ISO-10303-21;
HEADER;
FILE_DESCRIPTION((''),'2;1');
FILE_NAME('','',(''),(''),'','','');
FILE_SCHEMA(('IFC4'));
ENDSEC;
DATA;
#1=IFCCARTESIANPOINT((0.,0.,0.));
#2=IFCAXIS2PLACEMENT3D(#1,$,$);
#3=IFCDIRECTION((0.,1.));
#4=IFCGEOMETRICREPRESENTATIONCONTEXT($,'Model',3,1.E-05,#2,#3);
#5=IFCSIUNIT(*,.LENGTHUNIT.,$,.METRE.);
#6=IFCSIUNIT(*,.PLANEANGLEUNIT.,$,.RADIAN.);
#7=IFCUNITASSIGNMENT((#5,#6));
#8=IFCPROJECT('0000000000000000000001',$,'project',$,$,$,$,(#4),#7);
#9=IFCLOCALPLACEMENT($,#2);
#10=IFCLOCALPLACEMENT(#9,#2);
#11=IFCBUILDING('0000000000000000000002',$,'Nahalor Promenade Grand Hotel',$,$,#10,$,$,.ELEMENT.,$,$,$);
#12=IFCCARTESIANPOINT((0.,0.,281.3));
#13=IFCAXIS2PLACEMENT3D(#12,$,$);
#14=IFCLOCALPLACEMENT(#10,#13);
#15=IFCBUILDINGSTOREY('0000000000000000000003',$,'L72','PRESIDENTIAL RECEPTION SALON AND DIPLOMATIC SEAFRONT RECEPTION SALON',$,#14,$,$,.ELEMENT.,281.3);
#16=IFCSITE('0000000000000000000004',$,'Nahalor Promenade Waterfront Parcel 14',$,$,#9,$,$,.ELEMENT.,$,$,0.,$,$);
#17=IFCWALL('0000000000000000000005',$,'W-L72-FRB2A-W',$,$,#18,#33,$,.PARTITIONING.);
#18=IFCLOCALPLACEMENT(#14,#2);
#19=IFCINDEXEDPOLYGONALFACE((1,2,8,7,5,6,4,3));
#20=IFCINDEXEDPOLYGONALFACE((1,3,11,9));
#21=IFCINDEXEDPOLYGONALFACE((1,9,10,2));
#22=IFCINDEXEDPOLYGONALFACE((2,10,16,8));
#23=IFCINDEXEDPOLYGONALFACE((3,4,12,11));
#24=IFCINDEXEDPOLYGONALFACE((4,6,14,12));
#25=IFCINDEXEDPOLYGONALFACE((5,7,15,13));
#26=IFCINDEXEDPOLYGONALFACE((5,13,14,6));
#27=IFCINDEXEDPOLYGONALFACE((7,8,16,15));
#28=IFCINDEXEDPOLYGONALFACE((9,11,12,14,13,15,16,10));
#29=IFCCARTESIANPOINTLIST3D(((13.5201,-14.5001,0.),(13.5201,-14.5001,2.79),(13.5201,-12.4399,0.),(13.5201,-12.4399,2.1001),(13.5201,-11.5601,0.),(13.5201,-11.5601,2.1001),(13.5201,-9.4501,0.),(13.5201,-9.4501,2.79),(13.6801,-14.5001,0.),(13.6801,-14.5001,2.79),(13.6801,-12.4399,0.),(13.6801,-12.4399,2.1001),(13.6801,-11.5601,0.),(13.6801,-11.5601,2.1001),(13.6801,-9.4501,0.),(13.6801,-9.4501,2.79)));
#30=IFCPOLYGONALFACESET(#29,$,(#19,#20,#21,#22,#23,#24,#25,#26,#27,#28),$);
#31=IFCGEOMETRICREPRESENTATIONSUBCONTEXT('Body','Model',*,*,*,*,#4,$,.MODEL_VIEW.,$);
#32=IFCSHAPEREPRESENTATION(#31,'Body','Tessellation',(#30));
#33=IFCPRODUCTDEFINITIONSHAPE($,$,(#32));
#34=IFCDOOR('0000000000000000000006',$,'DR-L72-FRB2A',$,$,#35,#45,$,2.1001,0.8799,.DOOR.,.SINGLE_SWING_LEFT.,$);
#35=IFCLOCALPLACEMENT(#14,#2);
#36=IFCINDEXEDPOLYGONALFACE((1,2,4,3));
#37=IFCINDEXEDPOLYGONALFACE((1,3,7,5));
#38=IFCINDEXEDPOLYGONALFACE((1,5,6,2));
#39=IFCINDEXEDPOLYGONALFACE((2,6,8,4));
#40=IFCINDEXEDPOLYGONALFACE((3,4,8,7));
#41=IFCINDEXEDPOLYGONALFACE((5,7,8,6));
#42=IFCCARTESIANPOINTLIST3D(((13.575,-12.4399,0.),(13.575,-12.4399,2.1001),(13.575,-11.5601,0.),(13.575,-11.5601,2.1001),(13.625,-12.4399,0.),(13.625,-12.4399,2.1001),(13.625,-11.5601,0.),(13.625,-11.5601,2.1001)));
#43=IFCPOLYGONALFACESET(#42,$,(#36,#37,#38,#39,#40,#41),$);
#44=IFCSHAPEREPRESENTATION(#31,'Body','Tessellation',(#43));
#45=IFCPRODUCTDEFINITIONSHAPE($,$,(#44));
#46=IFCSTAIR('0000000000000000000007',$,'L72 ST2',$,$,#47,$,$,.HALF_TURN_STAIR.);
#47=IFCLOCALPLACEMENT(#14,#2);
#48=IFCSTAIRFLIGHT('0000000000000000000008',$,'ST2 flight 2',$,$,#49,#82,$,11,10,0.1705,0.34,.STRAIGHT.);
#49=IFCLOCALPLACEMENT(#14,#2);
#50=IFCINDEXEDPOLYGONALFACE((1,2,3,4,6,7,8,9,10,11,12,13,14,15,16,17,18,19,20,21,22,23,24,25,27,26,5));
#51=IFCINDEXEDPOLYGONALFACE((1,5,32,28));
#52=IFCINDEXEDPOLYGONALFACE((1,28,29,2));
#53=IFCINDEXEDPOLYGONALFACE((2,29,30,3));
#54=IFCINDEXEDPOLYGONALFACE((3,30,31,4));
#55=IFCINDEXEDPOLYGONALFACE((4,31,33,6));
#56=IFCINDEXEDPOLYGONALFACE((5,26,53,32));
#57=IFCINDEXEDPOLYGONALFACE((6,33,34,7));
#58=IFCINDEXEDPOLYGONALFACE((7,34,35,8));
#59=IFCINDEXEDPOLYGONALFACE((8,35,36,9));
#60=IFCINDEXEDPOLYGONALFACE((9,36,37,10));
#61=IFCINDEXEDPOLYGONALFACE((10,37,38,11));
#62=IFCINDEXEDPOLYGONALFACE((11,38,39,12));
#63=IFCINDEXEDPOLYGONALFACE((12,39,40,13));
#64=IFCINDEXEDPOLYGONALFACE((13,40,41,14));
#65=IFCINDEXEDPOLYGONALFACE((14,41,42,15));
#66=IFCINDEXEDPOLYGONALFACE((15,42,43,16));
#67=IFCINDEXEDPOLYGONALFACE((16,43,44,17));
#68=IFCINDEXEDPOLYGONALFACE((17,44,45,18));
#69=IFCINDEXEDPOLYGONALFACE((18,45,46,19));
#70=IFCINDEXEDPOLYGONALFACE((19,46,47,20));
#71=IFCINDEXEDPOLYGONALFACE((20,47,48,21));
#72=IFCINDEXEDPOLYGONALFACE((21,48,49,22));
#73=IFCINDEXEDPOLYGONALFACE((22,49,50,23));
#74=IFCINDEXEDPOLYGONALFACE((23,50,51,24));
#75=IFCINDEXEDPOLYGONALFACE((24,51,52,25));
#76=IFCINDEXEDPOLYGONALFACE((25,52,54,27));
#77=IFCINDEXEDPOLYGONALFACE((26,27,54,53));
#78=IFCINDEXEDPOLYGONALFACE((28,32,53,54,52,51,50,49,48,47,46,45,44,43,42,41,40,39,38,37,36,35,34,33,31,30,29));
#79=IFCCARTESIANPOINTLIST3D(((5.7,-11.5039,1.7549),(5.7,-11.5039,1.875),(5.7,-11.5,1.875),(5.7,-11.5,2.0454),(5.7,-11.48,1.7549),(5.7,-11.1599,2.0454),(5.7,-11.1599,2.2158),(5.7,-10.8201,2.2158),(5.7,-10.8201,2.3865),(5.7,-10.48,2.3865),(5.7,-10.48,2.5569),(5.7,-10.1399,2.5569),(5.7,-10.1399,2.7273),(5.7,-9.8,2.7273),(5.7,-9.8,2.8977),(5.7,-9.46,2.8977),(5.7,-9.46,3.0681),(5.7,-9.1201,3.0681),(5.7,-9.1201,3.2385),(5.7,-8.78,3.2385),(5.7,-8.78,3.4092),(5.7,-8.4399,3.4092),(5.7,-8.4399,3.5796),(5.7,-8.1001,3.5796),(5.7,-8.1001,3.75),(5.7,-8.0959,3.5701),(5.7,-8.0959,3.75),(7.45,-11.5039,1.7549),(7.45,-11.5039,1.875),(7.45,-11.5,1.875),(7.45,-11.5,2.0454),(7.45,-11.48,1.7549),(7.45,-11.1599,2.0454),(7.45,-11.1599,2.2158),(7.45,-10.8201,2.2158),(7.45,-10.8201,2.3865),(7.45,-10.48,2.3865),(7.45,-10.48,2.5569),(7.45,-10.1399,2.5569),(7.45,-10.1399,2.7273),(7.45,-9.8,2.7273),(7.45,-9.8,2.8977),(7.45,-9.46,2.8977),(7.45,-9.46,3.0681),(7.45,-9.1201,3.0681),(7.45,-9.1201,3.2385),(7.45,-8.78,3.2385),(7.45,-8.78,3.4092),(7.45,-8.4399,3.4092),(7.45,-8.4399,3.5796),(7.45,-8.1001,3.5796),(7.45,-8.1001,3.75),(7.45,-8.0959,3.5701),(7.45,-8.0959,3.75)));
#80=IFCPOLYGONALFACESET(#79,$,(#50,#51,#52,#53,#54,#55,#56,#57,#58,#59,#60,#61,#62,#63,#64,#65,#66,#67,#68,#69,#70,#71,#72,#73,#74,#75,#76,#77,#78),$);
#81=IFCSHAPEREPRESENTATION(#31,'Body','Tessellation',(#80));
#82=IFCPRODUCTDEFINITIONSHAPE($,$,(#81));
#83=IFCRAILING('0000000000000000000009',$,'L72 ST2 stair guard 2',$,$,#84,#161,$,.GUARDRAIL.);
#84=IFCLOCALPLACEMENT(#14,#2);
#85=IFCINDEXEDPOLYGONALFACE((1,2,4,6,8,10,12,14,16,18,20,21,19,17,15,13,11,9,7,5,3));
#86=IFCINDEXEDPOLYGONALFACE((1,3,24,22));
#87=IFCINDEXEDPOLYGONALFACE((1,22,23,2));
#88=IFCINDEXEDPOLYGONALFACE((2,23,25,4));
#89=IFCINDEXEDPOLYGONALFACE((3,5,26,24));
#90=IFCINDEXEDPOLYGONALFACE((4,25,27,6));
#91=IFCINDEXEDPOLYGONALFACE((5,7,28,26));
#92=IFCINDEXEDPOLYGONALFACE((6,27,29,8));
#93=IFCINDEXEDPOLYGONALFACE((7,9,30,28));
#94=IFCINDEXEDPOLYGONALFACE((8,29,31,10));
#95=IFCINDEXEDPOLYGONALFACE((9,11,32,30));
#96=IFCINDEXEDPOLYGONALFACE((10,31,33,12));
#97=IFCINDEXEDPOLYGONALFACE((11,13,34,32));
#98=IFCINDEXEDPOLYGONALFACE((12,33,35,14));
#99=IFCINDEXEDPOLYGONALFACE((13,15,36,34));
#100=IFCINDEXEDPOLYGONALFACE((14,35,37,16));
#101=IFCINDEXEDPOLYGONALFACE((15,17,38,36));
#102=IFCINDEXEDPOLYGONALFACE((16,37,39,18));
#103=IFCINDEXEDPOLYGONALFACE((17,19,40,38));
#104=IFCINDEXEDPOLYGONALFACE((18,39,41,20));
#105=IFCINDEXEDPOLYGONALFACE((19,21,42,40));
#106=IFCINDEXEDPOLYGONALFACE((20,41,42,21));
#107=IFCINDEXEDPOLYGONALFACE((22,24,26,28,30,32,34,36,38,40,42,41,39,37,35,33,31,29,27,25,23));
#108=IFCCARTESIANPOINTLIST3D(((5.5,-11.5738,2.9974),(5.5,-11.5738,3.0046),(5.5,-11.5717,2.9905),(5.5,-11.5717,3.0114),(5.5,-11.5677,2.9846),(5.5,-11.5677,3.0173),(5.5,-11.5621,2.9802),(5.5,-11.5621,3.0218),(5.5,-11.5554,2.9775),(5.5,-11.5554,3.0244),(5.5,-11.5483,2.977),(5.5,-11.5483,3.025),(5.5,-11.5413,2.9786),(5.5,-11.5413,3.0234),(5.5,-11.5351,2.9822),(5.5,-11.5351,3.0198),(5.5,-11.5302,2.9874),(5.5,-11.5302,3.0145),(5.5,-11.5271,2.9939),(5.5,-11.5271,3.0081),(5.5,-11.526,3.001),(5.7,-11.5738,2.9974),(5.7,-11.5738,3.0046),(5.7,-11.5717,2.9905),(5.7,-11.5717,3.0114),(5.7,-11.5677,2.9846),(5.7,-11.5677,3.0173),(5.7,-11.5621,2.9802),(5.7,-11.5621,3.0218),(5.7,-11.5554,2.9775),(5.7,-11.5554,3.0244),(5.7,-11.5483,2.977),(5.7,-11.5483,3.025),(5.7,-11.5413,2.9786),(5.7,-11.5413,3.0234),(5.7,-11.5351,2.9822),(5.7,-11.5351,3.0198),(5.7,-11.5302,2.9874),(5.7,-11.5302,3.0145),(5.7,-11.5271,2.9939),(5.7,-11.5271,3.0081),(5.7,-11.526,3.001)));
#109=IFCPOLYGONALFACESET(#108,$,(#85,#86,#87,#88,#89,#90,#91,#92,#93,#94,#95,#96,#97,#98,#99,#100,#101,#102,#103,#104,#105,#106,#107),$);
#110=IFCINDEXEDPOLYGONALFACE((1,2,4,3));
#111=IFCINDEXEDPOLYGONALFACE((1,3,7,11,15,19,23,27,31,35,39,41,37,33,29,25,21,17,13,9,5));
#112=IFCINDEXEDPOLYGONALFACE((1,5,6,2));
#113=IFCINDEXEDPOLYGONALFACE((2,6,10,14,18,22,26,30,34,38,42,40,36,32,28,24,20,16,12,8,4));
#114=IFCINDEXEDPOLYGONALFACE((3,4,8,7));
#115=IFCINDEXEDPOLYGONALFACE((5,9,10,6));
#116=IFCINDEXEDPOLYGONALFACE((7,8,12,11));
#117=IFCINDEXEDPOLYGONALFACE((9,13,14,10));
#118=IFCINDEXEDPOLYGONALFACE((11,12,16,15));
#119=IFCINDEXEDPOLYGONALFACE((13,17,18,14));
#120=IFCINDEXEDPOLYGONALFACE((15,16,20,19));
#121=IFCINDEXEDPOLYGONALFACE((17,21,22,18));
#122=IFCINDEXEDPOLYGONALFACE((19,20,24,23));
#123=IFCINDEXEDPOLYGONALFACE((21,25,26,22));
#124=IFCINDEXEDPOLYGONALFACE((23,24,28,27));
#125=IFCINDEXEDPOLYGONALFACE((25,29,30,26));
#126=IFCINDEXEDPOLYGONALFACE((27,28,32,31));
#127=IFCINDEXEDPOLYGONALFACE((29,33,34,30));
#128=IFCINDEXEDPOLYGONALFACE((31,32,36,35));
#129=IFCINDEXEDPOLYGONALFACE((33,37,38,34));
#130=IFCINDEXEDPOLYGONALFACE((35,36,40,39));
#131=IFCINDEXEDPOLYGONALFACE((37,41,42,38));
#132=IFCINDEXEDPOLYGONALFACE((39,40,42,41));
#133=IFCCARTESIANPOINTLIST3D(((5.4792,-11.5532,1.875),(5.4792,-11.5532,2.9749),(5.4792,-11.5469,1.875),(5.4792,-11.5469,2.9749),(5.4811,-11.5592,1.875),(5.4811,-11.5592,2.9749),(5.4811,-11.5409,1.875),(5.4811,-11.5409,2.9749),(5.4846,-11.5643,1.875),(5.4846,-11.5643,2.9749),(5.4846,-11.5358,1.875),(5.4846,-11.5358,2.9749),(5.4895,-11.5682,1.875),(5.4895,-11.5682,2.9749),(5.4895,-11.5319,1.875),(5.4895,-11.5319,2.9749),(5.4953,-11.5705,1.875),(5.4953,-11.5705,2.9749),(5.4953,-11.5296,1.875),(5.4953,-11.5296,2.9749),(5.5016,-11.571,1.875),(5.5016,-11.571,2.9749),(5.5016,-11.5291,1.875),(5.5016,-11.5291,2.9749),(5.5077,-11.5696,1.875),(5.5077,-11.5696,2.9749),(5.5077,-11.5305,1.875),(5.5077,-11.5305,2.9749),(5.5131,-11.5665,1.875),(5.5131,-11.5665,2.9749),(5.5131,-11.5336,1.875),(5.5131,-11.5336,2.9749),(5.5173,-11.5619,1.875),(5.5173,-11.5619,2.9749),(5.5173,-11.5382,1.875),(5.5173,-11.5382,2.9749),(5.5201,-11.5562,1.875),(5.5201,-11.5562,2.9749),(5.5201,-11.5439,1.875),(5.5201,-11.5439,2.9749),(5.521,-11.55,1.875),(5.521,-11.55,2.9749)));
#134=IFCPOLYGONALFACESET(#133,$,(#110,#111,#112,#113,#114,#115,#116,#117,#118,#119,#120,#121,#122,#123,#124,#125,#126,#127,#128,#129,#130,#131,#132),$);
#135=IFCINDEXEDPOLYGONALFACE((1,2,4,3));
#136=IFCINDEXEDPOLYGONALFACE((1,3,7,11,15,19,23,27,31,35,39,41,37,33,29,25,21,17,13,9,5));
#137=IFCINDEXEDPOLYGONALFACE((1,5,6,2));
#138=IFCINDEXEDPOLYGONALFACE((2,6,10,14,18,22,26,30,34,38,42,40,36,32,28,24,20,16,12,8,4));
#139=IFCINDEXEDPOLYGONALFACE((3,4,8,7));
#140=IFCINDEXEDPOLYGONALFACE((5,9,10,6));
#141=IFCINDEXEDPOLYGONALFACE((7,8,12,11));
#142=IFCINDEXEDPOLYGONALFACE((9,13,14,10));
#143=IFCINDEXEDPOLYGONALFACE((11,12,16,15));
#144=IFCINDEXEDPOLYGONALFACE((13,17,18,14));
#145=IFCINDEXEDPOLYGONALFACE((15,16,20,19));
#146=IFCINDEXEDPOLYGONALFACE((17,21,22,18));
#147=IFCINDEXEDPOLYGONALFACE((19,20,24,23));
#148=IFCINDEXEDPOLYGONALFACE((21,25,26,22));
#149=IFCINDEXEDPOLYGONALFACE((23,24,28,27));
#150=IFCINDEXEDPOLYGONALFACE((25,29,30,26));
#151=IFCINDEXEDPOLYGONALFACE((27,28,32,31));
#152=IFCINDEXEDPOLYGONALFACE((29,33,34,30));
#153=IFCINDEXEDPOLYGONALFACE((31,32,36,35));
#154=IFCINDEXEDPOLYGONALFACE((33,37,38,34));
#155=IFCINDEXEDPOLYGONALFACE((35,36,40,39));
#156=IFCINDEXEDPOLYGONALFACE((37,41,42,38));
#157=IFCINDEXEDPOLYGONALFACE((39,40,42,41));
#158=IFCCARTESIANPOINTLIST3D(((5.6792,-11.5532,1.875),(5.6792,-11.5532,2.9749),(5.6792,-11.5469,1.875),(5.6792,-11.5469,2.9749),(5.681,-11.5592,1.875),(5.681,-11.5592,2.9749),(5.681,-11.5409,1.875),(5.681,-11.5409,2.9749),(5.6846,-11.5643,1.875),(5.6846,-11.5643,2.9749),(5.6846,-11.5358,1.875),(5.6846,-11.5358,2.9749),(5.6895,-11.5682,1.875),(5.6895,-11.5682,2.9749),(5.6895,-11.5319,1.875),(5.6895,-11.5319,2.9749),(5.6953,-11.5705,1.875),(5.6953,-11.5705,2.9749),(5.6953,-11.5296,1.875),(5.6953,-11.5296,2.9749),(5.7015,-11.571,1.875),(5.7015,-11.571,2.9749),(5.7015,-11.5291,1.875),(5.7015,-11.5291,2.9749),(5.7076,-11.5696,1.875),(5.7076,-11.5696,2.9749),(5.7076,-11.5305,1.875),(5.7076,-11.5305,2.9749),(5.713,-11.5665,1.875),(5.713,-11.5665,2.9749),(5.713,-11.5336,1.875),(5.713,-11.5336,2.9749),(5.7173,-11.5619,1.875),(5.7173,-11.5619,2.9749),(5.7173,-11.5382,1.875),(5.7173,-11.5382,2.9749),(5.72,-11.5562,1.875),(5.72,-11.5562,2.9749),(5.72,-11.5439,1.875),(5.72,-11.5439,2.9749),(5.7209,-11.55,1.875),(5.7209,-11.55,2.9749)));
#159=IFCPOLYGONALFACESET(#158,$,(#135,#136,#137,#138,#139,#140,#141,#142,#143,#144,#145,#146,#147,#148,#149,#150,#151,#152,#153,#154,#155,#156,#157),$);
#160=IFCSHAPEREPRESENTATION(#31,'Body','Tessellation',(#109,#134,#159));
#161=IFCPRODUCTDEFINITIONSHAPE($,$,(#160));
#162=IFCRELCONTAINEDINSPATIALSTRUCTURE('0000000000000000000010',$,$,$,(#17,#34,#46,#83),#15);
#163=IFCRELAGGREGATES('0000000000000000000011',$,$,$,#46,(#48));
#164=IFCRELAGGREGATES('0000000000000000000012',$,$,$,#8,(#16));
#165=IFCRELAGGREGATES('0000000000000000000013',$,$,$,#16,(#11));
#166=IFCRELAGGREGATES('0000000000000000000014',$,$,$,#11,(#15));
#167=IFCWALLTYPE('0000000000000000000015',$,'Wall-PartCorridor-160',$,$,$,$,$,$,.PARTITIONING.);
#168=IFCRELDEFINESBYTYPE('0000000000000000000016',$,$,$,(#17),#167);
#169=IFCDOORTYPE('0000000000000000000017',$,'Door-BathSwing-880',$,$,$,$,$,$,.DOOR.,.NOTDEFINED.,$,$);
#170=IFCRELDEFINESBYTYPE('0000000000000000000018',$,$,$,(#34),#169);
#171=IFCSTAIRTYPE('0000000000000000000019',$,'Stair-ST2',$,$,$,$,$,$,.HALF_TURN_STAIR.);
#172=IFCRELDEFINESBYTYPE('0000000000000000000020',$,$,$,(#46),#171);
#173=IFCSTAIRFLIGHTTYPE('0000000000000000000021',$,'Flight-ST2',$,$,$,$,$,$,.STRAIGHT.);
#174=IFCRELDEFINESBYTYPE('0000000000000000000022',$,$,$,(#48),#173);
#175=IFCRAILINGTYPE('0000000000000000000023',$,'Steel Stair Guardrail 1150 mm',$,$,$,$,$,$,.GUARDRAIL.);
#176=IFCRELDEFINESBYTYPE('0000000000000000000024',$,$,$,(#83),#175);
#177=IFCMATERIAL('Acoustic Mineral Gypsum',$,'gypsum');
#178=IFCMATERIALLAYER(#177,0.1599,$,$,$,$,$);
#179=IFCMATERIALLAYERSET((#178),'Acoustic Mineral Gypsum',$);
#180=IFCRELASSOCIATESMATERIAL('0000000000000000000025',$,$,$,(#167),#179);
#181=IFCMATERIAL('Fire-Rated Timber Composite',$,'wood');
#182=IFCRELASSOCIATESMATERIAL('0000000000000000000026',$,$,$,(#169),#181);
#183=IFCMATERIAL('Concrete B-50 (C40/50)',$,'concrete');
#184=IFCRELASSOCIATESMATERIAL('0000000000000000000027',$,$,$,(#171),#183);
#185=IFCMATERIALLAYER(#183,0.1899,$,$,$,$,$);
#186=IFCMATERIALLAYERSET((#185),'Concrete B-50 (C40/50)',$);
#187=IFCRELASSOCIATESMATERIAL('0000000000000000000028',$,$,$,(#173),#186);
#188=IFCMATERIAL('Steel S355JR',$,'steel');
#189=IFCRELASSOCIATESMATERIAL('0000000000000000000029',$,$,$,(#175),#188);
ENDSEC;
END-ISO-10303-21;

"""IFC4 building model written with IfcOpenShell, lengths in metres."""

from ifc_helpers import new_model, si_unit, direction, frame, frame_2d, origin, origin_2d, place, context, subcontext, project, spatial, polyline, rectangle, circle, outline, extrude, source, transform, mapped, material, layer, layer_set, type_object, element, fill, aggregate, save


model = new_model("IFC4")

# Units and contexts
model_context = context("Model", 3, precision=1e-05, world=origin(), true_north=direction((0.0, 1.0)))
body_context = subcontext(model_context, "Body", "Model", "MODEL_VIEW")
ifc_project = project(units=[si_unit("LENGTHUNIT", "METRE"), si_unit("PLANEANGLEUNIT", "RADIAN")], contexts=[model_context])

# Site, building, storey
site_placement = place(None, origin())
site = spatial("IfcSite", under=ifc_project, at=site_placement, Name="Nahalor Promenade Waterfront Parcel 14", CompositionType="ELEMENT", RefElevation=0.0)
building_placement = place(site_placement, origin())
building = spatial("IfcBuilding", under=site, at=building_placement, Name="Nahalor Promenade Grand Hotel", CompositionType="ELEMENT")
storey_placement = place(building_placement, frame((0.0, 0.0, 281.3)))
storey = spatial("IfcBuildingStorey", under=building, at=storey_placement, Name="L72", Description="PRESIDENTIAL RECEPTION SALON AND DIPLOMATIC SEAFRONT RECEPTION SALON", CompositionType="ELEMENT", Elevation=281.3)

# Shared definitions
ifc_material_1 = material(Name="Steel S355JR", Category="steel")

# Shared definitions
ifc_material_2 = material(Name="Concrete B-50 (C40/50)", Category="concrete")

# Shared definitions
ifc_material_3 = material(Name="Acoustic Mineral Gypsum", Category="gypsum")
ifc_layer_1 = layer(ifc_material_3, 0.1599)
ifc_layer_set_1 = layer_set([ifc_layer_1], Name="Acoustic Mineral Gypsum")
wall_type_1 = type_object("IfcWallType", Name="Wall-PartCorridor-160", PredefinedType="PARTITIONING", material=ifc_layer_set_1)

# Wall, opening, door
ifc_material_4 = material(Name="Fire-Rated Timber Composite", Category="wood")
door_type_1 = type_object("IfcDoorType", Name="Door-BathSwing-880", OperationType="NOTDEFINED", PredefinedType="DOOR", material=ifc_material_4)
shared_shape_1 = source(origin(), body_context, "Body", "SweptSolid", [
    extrude(rectangle(XDim=0.8799, YDim=2.1001, at=frame_2d((0.4399, 1.05))), frame((0.0, 0.0249, 0.0), z_axis=(0.0, -1.0, 0.0), x_axis=(1.0, 0.0, 0.0)), (0.0, 0.0, 1.0), 0.05),
])
shared_shape_2 = source(origin(), body_context, "Body", "SweptSolid", [
    extrude(rectangle(XDim=5.05, YDim=0.1599, at=frame_2d((2.5249, 0.0))), origin(), (0.0, 0.0, 1.0), 2.79),
])
wall_1_placement = place(storey_placement, frame((13.6001, -14.5, 0.0), z_axis=(0.0, 0.0, 1.0), x_axis=(0.0, 1.0, 0.0)))
wall_1 = element("IfcWall", 1, at=wall_1_placement, inside=storey, type_object=wall_type_1, Name="W-L72-FRB2A-W", PredefinedType="PARTITIONING", context=body_context, shape_type="MappedRepresentation", body=[
    mapped(shared_shape_2, transform((0.0, 0.0, 0.0), scale=1.0)),
])
opening_1_placement = place(wall_1_placement, frame((2.0601, 0.0, 0.0)))
opening_1 = element("IfcOpeningElement", 2, at=opening_1_placement, cuts=wall_1, PredefinedType="OPENING", context=body_context, shape_type="SweptSolid", body=[
    extrude(rectangle(XDim=0.8799, YDim=2.1001, at=frame_2d((0.4399, 1.05))), frame((0.0, 0.0898, 0.0), z_axis=(0.0, -1.0, 0.0), x_axis=(1.0, 0.0, 0.0)), (0.0, 0.0, 1.0), 0.1799),
])
door_1_placement = place(opening_1_placement, frame((0.8799, 0.0, 0.0), z_axis=(0.0, 0.0, 1.0), x_axis=(-1.0, 0.0, 0.0)))
door_1 = element("IfcDoor", 3, at=door_1_placement, inside=storey, type_object=door_type_1, Name="DR-L72-FRB2A", OperationType="SINGLE_SWING_LEFT", OverallHeight=2.1001, OverallWidth=0.8799, PredefinedType="DOOR", context=body_context, shape_type="MappedRepresentation", body=[
    mapped(shared_shape_1, transform((0.0, 0.0, 0.0), scale=1.0)),
])
fill(opening_1, door_1)

# Stair, stair flight
stair_type = type_object("IfcStairType", Name="Stair-ST2", PredefinedType="HALF_TURN_STAIR", material=ifc_material_2)
stair_placement = place(storey_placement, origin())
stair = element("IfcStair", 4, at=stair_placement, inside=storey, type_object=stair_type, Name="L72 ST2", PredefinedType="HALF_TURN_STAIR")
ifc_layer_2 = layer(ifc_material_2, 0.1899)
ifc_layer_set_2 = layer_set([ifc_layer_2], Name="Concrete B-50 (C40/50)")
stair_flight_type = type_object("IfcStairFlightType", Name="Flight-ST2", PredefinedType="STRAIGHT", material=ifc_layer_set_2)
shared_shape_3 = source(origin(), body_context, "Body", "SweptSolid", [
    extrude(outline(polyline([(-0.0039, -0.1201), (-0.0039, 0.0), (0.0, 0.0), (0.0, 0.1704), (0.3401, 0.1704), (0.3401, 0.3408), (0.6799, 0.3408), (0.6799, 0.5115), (1.02, 0.5115), (1.02, 0.6819), (1.3601, 0.6819), (1.3601, 0.8523), (1.7, 0.8523), (1.7, 1.0227), (2.04, 1.0227), (2.04, 1.1931), (2.3799, 1.1931), (2.3799, 1.3635), (2.72, 1.3635), (2.72, 1.5342), (3.0601, 1.5342), (3.0601, 1.7046), (3.3999, 1.7046), (3.3999, 1.875), (3.4041, 1.875), (3.4041, 1.6951), (0.02, -0.1201), (-0.0039, -0.1201)])), frame((0.0, 0.875, 0.0), z_axis=(0.0, -1.0, 0.0), x_axis=(1.0, 0.0, 0.0)), (0.0, 0.0, 1.0), 1.75),
])
stair_flight_placement = place(storey_placement, frame((6.575, -11.5, 1.875), z_axis=(0.0, 0.0, 1.0), x_axis=(0.0, 1.0, 0.0)))
stair_flight = element("IfcStairFlight", 5, at=stair_flight_placement, type_object=stair_flight_type, Name="ST2 flight 2", NumberOfRisers=11, NumberOfTreads=10, PredefinedType="STRAIGHT", RiserHeight=0.1705, TreadLength=0.34, context=body_context, shape_type="MappedRepresentation", body=[
    mapped(shared_shape_3, transform((0.0, 0.0, 0.0), scale=1.0)),
])
aggregate(stair, [stair_flight])

# Railing
railing_type_1 = type_object("IfcRailingType", Name="Steel Stair Guardrail 1150 mm", PredefinedType="GUARDRAIL", material=ifc_material_1)
railing_1_placement = place(storey_placement, frame((5.5, -11.55, 1.875)))
element("IfcRailing", 6, at=railing_1_placement, inside=storey, type_object=railing_type_1, Name="L72 ST2 stair guard 2", PredefinedType="GUARDRAIL", context=body_context, shape_type="SweptSolid", body=[
    extrude(circle(Radius=0.024, at=origin_2d()), frame((0.0, 0.0, 1.126), z_axis=(1.0, 0.0, 0.0), x_axis=(0.0, 1.0, 0.0)), (0.0, 0.0, 1.0), 0.2),
    extrude(circle(Radius=0.021, at=origin_2d()), origin(), (0.0, 0.0, 1.0), 1.0999),
    extrude(circle(Radius=0.021, at=origin_2d()), frame((0.2, 0.0, 0.0)), (0.0, 0.0, 1.0), 1.0999),
])

save(model, "model.ifc")
